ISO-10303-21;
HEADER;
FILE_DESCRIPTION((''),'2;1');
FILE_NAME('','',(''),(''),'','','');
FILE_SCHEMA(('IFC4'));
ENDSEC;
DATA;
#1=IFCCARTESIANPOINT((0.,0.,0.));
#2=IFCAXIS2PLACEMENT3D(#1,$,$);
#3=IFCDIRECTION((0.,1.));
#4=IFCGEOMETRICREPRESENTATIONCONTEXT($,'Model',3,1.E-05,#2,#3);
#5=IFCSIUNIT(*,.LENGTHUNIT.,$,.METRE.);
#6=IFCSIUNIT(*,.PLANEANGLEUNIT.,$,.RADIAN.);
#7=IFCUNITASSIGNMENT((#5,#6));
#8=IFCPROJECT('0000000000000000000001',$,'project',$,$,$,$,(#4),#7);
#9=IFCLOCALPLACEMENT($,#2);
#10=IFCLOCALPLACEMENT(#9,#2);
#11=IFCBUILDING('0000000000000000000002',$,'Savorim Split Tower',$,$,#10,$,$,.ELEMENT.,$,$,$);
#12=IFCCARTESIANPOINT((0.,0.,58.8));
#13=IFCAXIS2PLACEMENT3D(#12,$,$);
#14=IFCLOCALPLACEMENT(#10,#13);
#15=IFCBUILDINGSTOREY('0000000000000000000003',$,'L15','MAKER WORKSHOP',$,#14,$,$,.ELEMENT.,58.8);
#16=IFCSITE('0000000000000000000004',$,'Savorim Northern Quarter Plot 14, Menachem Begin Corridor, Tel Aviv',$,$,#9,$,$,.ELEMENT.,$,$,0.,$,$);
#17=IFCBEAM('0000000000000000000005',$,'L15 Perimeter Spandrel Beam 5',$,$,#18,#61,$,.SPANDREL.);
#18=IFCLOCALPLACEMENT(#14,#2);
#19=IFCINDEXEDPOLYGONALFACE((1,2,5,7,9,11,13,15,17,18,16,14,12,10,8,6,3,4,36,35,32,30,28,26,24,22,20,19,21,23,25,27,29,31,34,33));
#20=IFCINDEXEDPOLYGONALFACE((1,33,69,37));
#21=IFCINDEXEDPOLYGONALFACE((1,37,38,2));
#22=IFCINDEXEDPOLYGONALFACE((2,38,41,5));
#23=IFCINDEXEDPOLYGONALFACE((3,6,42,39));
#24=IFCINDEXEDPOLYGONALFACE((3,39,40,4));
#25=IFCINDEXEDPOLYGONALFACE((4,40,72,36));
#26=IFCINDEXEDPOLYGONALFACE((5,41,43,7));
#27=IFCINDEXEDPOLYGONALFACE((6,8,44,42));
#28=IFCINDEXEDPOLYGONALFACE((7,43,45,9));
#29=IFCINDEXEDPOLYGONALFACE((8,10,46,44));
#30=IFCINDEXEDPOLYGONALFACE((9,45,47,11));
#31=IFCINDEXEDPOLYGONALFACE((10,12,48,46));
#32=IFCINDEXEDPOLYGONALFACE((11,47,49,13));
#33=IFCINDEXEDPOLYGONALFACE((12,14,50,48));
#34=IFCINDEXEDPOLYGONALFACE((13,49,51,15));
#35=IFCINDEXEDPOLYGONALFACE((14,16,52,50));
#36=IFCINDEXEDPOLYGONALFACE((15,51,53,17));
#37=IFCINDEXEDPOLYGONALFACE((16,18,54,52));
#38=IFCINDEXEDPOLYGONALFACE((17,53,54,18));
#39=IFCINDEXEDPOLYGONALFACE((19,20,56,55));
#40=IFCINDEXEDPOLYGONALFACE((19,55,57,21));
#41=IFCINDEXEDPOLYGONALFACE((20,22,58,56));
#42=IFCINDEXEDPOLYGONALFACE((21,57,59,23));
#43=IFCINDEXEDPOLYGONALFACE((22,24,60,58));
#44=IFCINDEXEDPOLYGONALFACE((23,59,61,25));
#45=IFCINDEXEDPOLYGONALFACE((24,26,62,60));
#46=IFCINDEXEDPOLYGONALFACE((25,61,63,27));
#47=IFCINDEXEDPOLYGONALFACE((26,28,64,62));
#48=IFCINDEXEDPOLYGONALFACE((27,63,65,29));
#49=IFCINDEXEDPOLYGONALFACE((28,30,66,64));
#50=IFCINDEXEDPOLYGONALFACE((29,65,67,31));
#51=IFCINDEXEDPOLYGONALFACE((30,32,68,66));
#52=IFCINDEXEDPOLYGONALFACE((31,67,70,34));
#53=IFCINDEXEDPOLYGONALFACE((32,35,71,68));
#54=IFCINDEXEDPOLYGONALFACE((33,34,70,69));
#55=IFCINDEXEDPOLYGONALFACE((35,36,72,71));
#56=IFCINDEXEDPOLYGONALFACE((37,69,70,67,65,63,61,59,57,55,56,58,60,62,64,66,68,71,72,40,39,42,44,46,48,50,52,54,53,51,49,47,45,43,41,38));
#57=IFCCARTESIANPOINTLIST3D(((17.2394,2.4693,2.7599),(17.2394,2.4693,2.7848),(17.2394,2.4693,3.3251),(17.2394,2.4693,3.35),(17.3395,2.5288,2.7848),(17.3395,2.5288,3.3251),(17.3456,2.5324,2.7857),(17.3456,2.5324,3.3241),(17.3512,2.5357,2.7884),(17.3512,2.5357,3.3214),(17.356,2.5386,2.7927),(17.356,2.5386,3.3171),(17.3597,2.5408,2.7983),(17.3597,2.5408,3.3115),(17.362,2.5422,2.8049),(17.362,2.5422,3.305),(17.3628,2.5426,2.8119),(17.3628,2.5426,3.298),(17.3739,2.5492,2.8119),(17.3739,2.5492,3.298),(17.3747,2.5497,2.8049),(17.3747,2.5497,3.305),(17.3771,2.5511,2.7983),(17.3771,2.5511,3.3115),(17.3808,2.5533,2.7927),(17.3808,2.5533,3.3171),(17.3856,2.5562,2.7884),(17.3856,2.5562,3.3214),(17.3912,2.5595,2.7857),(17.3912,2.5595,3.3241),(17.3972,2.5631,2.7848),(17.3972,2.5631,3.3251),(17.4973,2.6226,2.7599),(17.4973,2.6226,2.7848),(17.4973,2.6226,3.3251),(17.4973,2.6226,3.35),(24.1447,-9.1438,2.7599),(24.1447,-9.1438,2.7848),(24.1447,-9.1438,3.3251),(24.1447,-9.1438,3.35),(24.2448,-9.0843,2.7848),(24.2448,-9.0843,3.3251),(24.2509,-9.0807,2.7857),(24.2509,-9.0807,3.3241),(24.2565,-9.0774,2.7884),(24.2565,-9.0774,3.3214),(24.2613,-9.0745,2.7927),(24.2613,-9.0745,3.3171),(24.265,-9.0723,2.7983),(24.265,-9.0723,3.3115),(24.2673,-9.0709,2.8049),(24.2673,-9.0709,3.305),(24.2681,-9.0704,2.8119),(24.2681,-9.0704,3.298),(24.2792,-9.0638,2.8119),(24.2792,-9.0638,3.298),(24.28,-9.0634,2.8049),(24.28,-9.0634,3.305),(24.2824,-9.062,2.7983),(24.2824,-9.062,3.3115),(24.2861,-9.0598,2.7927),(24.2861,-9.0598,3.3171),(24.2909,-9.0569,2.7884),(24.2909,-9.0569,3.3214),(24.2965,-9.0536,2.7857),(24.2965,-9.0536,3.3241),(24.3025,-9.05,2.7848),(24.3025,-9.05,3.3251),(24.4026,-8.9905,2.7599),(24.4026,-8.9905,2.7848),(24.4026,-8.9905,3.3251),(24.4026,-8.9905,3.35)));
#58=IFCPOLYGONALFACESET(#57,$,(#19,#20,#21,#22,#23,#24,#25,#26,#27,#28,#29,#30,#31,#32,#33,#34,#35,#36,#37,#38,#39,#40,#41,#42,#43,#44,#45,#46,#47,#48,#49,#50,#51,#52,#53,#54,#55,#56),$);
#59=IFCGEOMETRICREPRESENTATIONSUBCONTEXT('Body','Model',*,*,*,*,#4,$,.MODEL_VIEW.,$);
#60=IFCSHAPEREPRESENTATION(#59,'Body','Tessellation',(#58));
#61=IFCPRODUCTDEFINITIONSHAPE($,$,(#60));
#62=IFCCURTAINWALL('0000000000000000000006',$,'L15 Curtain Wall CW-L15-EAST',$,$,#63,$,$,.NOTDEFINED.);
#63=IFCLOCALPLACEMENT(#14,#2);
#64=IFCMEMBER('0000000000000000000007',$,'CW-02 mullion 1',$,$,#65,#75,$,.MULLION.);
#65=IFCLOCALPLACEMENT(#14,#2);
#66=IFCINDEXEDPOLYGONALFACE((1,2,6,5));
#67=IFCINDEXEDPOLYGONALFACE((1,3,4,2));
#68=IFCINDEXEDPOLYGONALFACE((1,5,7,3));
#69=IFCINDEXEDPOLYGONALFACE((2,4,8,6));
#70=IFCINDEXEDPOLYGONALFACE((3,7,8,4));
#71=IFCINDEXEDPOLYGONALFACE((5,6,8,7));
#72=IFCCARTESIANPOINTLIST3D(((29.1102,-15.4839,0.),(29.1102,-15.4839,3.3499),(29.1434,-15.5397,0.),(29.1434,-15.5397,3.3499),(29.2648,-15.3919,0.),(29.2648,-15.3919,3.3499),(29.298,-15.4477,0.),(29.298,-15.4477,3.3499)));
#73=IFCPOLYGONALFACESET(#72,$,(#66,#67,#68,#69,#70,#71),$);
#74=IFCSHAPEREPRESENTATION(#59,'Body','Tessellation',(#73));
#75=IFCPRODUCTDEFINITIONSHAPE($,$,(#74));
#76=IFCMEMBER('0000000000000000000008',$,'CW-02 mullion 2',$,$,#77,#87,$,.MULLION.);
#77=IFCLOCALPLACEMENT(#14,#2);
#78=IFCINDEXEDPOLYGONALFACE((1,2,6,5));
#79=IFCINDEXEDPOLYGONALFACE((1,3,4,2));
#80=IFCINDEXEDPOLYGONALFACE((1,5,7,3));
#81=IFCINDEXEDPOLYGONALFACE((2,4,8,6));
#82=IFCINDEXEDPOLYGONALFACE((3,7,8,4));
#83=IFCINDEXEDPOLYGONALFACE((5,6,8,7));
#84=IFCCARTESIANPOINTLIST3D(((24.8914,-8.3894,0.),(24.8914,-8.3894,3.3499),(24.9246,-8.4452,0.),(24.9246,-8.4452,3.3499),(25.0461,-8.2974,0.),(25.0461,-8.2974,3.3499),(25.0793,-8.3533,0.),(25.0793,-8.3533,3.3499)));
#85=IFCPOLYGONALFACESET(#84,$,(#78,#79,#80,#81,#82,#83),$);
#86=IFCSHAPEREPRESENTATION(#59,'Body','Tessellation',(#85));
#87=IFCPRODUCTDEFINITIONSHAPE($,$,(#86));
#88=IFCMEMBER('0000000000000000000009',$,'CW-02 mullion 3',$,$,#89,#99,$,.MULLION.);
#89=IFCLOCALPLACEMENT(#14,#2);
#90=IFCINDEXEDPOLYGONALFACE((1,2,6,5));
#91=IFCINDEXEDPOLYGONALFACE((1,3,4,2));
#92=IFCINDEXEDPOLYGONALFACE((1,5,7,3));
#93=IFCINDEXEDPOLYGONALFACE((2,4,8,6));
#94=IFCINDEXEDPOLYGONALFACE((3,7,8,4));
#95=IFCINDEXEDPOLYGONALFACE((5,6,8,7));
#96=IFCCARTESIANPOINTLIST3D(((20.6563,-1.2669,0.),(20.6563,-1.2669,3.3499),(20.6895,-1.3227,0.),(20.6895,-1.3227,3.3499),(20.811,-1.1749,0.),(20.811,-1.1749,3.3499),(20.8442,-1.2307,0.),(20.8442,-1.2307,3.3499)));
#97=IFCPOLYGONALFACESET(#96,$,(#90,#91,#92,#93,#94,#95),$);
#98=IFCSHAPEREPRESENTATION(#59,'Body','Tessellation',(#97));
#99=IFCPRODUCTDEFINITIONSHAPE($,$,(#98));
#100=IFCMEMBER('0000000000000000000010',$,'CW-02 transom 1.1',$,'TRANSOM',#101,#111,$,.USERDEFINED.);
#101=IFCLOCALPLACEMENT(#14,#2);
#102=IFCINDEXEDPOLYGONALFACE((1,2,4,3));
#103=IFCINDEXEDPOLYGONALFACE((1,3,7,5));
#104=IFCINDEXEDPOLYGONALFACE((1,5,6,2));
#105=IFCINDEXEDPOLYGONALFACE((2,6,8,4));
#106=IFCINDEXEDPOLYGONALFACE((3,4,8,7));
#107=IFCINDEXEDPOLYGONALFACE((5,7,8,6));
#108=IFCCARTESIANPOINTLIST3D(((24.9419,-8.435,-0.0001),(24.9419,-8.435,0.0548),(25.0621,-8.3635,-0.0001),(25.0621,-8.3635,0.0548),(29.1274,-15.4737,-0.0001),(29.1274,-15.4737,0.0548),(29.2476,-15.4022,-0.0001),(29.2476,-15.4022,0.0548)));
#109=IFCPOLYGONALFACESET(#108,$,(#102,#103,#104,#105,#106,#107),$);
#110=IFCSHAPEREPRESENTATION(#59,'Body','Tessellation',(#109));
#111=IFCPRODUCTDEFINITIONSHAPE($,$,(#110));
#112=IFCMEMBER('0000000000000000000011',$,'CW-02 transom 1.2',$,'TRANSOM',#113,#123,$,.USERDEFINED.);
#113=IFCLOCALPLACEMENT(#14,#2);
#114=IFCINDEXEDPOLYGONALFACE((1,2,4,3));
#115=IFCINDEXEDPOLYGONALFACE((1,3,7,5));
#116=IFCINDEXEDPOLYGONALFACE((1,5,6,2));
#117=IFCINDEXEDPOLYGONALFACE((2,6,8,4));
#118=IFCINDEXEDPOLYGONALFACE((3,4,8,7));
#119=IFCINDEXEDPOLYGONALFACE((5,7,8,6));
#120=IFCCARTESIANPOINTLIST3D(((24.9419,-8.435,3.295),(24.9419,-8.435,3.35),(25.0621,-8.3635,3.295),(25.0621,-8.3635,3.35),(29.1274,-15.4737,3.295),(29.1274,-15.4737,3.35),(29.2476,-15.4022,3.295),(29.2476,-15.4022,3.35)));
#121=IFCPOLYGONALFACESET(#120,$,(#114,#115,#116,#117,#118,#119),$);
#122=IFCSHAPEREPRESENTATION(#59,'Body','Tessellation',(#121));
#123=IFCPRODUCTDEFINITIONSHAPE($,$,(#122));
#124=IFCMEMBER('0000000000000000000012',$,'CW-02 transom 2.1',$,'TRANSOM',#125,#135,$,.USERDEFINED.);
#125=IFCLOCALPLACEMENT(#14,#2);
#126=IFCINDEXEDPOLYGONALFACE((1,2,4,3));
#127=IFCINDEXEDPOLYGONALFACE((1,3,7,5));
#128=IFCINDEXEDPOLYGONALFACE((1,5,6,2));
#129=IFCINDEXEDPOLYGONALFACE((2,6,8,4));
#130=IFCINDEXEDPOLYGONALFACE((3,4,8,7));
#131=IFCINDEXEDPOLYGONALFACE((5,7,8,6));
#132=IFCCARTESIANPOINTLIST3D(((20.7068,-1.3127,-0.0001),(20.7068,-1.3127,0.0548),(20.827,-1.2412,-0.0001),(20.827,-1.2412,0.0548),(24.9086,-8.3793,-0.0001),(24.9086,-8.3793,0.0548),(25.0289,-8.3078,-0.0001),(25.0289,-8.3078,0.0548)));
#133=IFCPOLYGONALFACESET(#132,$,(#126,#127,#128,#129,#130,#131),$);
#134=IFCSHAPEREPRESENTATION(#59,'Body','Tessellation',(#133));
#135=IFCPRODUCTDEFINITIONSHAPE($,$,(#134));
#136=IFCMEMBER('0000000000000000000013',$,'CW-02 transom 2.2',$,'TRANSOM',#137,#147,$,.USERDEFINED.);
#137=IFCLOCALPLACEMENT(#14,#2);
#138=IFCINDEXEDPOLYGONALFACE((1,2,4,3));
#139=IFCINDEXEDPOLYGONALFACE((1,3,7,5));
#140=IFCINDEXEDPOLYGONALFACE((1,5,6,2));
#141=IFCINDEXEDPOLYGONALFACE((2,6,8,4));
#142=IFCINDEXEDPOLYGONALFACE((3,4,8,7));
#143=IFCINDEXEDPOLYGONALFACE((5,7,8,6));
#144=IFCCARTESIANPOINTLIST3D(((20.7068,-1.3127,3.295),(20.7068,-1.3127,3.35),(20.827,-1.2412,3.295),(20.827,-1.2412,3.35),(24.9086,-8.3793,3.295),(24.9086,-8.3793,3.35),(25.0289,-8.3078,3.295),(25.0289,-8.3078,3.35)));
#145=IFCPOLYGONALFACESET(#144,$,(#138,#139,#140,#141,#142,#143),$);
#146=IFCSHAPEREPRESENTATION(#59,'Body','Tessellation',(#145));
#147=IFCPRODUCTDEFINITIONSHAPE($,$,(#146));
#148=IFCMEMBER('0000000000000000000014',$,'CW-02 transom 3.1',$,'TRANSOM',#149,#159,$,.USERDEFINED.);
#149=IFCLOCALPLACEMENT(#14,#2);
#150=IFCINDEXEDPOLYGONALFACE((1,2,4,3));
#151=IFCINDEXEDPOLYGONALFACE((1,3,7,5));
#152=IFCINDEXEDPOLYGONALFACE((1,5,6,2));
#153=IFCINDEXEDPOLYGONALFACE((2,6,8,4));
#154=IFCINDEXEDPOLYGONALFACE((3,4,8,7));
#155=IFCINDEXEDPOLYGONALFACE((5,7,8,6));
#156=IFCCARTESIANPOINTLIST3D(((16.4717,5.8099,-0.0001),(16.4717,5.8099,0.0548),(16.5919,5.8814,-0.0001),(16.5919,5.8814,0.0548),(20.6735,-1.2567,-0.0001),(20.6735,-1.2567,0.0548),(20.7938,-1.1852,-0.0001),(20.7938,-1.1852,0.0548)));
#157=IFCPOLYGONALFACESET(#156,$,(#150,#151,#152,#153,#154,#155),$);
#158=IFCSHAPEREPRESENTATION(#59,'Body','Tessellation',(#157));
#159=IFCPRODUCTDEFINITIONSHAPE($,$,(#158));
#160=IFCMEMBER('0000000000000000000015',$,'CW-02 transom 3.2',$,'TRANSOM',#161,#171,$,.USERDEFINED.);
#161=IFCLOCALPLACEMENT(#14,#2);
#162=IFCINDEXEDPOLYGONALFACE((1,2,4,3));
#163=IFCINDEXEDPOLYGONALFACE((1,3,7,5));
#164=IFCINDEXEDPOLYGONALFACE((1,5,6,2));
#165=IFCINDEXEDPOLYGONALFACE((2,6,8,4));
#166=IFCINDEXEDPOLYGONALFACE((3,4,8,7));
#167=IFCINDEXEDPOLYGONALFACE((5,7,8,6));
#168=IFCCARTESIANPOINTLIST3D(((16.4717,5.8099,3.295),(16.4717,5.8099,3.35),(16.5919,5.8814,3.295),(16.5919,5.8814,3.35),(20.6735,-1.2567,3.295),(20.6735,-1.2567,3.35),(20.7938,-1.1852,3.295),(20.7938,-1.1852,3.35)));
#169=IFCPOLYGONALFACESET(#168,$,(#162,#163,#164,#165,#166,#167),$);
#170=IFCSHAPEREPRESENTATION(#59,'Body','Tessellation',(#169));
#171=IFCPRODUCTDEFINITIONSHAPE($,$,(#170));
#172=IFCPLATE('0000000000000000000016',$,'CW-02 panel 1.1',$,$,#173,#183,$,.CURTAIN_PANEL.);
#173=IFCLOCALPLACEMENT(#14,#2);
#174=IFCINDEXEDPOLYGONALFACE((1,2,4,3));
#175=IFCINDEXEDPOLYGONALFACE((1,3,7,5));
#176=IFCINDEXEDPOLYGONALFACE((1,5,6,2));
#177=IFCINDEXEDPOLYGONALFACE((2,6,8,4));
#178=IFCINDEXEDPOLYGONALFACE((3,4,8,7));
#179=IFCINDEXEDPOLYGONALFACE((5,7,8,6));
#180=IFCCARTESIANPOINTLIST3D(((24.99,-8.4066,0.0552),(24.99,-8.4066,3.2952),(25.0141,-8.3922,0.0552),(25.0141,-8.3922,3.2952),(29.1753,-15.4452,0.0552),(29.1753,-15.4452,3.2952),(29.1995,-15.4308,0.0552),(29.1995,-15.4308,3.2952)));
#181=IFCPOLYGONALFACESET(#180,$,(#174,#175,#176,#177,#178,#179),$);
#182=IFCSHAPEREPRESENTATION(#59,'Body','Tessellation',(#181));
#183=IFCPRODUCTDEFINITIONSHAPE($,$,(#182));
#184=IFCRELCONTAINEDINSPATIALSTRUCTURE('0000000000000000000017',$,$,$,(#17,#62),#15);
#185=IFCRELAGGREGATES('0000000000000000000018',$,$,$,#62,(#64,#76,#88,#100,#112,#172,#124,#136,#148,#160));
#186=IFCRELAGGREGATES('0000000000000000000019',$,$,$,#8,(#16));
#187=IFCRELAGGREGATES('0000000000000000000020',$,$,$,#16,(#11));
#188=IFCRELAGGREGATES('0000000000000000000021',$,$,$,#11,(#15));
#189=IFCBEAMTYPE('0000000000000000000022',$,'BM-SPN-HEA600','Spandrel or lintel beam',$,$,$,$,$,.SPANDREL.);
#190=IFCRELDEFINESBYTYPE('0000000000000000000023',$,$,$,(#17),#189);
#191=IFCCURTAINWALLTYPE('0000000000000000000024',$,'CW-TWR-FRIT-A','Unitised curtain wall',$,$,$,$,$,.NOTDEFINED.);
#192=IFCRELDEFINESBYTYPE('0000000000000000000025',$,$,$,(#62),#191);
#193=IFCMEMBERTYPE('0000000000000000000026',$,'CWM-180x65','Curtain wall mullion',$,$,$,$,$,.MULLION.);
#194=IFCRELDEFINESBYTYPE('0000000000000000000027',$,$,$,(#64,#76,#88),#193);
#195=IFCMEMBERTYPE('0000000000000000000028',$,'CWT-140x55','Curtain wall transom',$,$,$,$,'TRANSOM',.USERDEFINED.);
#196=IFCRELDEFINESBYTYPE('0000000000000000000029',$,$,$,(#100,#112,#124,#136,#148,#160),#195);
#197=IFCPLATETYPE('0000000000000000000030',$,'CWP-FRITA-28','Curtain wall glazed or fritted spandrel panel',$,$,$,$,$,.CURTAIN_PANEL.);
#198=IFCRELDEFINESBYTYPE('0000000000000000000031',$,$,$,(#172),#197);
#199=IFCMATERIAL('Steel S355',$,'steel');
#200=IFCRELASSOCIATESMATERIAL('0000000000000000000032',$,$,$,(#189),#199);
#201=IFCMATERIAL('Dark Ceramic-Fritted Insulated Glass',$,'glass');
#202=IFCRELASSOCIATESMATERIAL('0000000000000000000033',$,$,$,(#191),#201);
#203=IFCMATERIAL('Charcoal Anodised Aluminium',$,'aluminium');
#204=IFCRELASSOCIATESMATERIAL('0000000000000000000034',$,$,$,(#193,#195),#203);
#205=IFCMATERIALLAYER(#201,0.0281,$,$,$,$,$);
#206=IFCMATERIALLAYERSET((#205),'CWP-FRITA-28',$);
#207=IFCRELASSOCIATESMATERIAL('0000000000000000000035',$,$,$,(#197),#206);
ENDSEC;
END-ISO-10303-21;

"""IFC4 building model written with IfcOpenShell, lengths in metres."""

from ifc_helpers import new_model, si_unit, direction, frame, origin, origin_2d, place, context, subcontext, project, spatial, rectangle, i_section, extrude, material, layer, layer_set, material_profile, profile_set, type_object, element, aggregate, save


model = new_model("IFC4")

# Units and contexts
model_context = context("Model", 3, precision=1e-05, world=origin(), true_north=direction((0.0, 1.0)))
body_context = subcontext(model_context, "Body", "Model", "MODEL_VIEW")
ifc_project = project(units=[si_unit("LENGTHUNIT", "METRE"), si_unit("PLANEANGLEUNIT", "RADIAN")], contexts=[model_context])

# Site, building, storey
site_placement = place(None, origin())
site = spatial("IfcSite", under=ifc_project, at=site_placement, Name="Savorim Northern Quarter Plot 14, Menachem Begin Corridor, Tel Aviv", CompositionType="ELEMENT", RefElevation=0.0)
building_placement = place(site_placement, origin())
building = spatial("IfcBuilding", under=site, at=building_placement, Name="Savorim Split Tower", CompositionType="ELEMENT")
storey_placement = place(building_placement, frame((0.0, 0.0, 58.8)))
storey = spatial("IfcBuildingStorey", under=building, at=storey_placement, Name="L15", Description="MAKER WORKSHOP", CompositionType="ELEMENT", Elevation=58.8)

# Beam
ifc_material_1 = material(Name="Steel S355", Category="steel")
ifc_material_profile_1 = material_profile(ifc_material_1, i_section(OverallWidth=0.3, OverallDepth=0.5901, WebThickness=0.0129, FlangeThickness=0.0249, FilletRadius=0.0271, at=origin_2d()), Name="HEA 600")
ifc_profile_set_1 = profile_set([ifc_material_profile_1], Name="Steel S355")
beam_type_1 = type_object("IfcBeamType", Name="BM-SPN-HEA600", Description="Spandrel or lintel beam", PredefinedType="SPANDREL", material=ifc_profile_set_1)
beam_1_placement = place(storey_placement, frame((24.2737, -9.0671, 3.0549), z_axis=(-0.511088, 0.859529, 0.0), x_axis=(-0.859529, -0.511088, 0.0)))
element("IfcBeam", 1, at=beam_1_placement, inside=storey, type_object=beam_type_1, Name="L15 Perimeter Spandrel Beam 5", PredefinedType="SPANDREL", context=body_context, shape_type="SweptSolid", body=[
    extrude(i_section(OverallWidth=0.3, OverallDepth=0.5901, WebThickness=0.0129, FlangeThickness=0.0249, FilletRadius=0.0271, at=origin_2d()), origin(), (0.0, 0.0, 1.0), 13.511),
])

# Curtain wall, members, plate
ifc_material_2 = material(Name="Dark Ceramic-Fritted Insulated Glass", Category="glass")
curtain_wall_type = type_object("IfcCurtainWallType", Name="CW-TWR-FRIT-A", Description="Unitised curtain wall", PredefinedType="NOTDEFINED", material=ifc_material_2)
curtain_wall_placement = place(storey_placement, origin())
curtain_wall = element("IfcCurtainWall", 2, at=curtain_wall_placement, inside=storey, type_object=curtain_wall_type, Name="L15 Curtain Wall CW-L15-EAST", PredefinedType="NOTDEFINED")
ifc_material_3 = material(Name="Charcoal Anodised Aluminium", Category="aluminium")
ifc_material_profile_2 = material_profile(ifc_material_3, rectangle(XDim=0.1799, YDim=0.0649, at=origin_2d()), Name="ALU-M 180x65")
ifc_profile_set_2 = profile_set([ifc_material_profile_2], Name="Charcoal Anodised Aluminium")
member_type_1 = type_object("IfcMemberType", Name="CWM-180x65", Description="Curtain wall mullion", PredefinedType="MULLION", material=ifc_profile_set_2)
member_1_placement = place(storey_placement, frame((29.2041, -15.4658, 0.0), z_axis=(0.0, 0.0, 1.0), x_axis=(-0.859526, -0.511092, 0.0)))
member_1 = element("IfcMember", 3, at=member_1_placement, type_object=member_type_1, Name="CW-02 mullion 1", PredefinedType="MULLION", context=body_context, shape_type="SweptSolid", body=[
    extrude(rectangle(XDim=0.1799, YDim=0.0649, at=origin_2d()), origin(), (0.0, 0.0, 1.0), 3.3499),
])
member_2_placement = place(storey_placement, frame((24.9854, -8.3713, 0.0), z_axis=(0.0, 0.0, 1.0), x_axis=(-0.859526, -0.511092, 0.0)))
member_2 = element("IfcMember", 4, at=member_2_placement, type_object=member_type_1, Name="CW-02 mullion 2", PredefinedType="MULLION", context=body_context, shape_type="SweptSolid", body=[
    extrude(rectangle(XDim=0.1799, YDim=0.0649, at=origin_2d()), origin(), (0.0, 0.0, 1.0), 3.3499),
])
member_3_placement = place(storey_placement, frame((20.7502, -1.2488, 0.0), z_axis=(0.0, 0.0, 1.0), x_axis=(-0.859526, -0.511092, 0.0)))
member_3 = element("IfcMember", 5, at=member_3_placement, type_object=member_type_1, Name="CW-02 mullion 3", PredefinedType="MULLION", context=body_context, shape_type="SweptSolid", body=[
    extrude(rectangle(XDim=0.1799, YDim=0.0649, at=origin_2d()), origin(), (0.0, 0.0, 1.0), 3.3499),
])
ifc_material_profile_3 = material_profile(ifc_material_3, rectangle(XDim=0.1399, YDim=0.0549, at=origin_2d()), Name="ALU-T 140x55")
ifc_profile_set_3 = profile_set([ifc_material_profile_3], Name="Charcoal Anodised Aluminium")
member_type_2 = type_object("IfcMemberType", Name="CWT-140x55", Description="Curtain wall transom", ElementType="TRANSOM", PredefinedType="USERDEFINED", material=ifc_profile_set_3)
member_4_placement = place(storey_placement, frame((29.1875, -15.438, 0.0273), z_axis=(-0.511103, 0.85952, 0.0), x_axis=(-0.85952, -0.511103, 0.0)))
member_4 = element("IfcMember", 6, at=member_4_placement, type_object=member_type_2, Name="CW-02 transom 1.1", ObjectType="TRANSOM", PredefinedType="USERDEFINED", context=body_context, shape_type="SweptSolid", body=[
    extrude(rectangle(XDim=0.1399, YDim=0.0549, at=origin_2d()), origin(), (0.0, 0.0, 1.0), 8.1892),
])
member_5_placement = place(storey_placement, frame((29.1875, -15.438, 3.3225), z_axis=(-0.511103, 0.85952, 0.0), x_axis=(-0.85952, -0.511103, 0.0)))
member_5 = element("IfcMember", 7, at=member_5_placement, type_object=member_type_2, Name="CW-02 transom 1.2", ObjectType="TRANSOM", PredefinedType="USERDEFINED", context=body_context, shape_type="SweptSolid", body=[
    extrude(rectangle(XDim=0.1399, YDim=0.0549, at=origin_2d()), origin(), (0.0, 0.0, 1.0), 8.1892),
])
member_6_placement = place(storey_placement, frame((24.9688, -8.3435, 0.0273), z_axis=(-0.511085, 0.85953, 0.0), x_axis=(-0.85953, -0.511085, 0.0)))
member_6 = element("IfcMember", 8, at=member_6_placement, type_object=member_type_2, Name="CW-02 transom 2.1", ObjectType="TRANSOM", PredefinedType="USERDEFINED", context=body_context, shape_type="SweptSolid", body=[
    extrude(rectangle(XDim=0.1399, YDim=0.0549, at=origin_2d()), origin(), (0.0, 0.0, 1.0), 8.2214),
])
member_7_placement = place(storey_placement, frame((24.9688, -8.3435, 3.3225), z_axis=(-0.511085, 0.85953, 0.0), x_axis=(-0.85953, -0.511085, 0.0)))
member_7 = element("IfcMember", 9, at=member_7_placement, type_object=member_type_2, Name="CW-02 transom 2.2", ObjectType="TRANSOM", PredefinedType="USERDEFINED", context=body_context, shape_type="SweptSolid", body=[
    extrude(rectangle(XDim=0.1399, YDim=0.0549, at=origin_2d()), origin(), (0.0, 0.0, 1.0), 8.2214),
])
member_8_placement = place(storey_placement, frame((20.7336, -1.2209, 0.0273), z_axis=(-0.511085, 0.85953, 0.0), x_axis=(-0.85953, -0.511085, 0.0)))
member_8 = element("IfcMember", 10, at=member_8_placement, type_object=member_type_2, Name="CW-02 transom 3.1", ObjectType="TRANSOM", PredefinedType="USERDEFINED", context=body_context, shape_type="SweptSolid", body=[
    extrude(rectangle(XDim=0.1399, YDim=0.0549, at=origin_2d()), origin(), (0.0, 0.0, 1.0), 8.2214),
])
member_9_placement = place(storey_placement, frame((20.7336, -1.2209, 3.3225), z_axis=(-0.511085, 0.85953, 0.0), x_axis=(-0.85953, -0.511085, 0.0)))
member_9 = element("IfcMember", 11, at=member_9_placement, type_object=member_type_2, Name="CW-02 transom 3.2", ObjectType="TRANSOM", PredefinedType="USERDEFINED", context=body_context, shape_type="SweptSolid", body=[
    extrude(rectangle(XDim=0.1399, YDim=0.0549, at=origin_2d()), origin(), (0.0, 0.0, 1.0), 8.2214),
])
ifc_layer_1 = layer(ifc_material_2, 0.0281)
ifc_layer_set_1 = layer_set([ifc_layer_1], Name="CWP-FRITA-28")
plate_type = type_object("IfcPlateType", Name="CWP-FRITA-28", Description="Curtain wall glazed or fritted spandrel panel", PredefinedType="CURTAIN_PANEL", material=ifc_layer_set_1)
plate_1_placement = place(storey_placement, frame((27.0947, -11.9187, 0.0552), z_axis=(0.0, 0.0, 1.0), x_axis=(-0.511092, 0.859526, 0.0)))
plate_1 = element("IfcPlate", 12, at=plate_1_placement, type_object=plate_type, Name="CW-02 panel 1.1", PredefinedType="CURTAIN_PANEL", context=body_context, shape_type="SweptSolid", body=[
    extrude(rectangle(XDim=8.189, YDim=0.0281, at=origin_2d()), origin(), (0.0, 0.0, 1.0), 3.24),
])
aggregate(curtain_wall, [member_1, member_2, member_3, member_4, member_5, plate_1, member_6, member_7, member_8, member_9])

save(model, "model.ifc")
